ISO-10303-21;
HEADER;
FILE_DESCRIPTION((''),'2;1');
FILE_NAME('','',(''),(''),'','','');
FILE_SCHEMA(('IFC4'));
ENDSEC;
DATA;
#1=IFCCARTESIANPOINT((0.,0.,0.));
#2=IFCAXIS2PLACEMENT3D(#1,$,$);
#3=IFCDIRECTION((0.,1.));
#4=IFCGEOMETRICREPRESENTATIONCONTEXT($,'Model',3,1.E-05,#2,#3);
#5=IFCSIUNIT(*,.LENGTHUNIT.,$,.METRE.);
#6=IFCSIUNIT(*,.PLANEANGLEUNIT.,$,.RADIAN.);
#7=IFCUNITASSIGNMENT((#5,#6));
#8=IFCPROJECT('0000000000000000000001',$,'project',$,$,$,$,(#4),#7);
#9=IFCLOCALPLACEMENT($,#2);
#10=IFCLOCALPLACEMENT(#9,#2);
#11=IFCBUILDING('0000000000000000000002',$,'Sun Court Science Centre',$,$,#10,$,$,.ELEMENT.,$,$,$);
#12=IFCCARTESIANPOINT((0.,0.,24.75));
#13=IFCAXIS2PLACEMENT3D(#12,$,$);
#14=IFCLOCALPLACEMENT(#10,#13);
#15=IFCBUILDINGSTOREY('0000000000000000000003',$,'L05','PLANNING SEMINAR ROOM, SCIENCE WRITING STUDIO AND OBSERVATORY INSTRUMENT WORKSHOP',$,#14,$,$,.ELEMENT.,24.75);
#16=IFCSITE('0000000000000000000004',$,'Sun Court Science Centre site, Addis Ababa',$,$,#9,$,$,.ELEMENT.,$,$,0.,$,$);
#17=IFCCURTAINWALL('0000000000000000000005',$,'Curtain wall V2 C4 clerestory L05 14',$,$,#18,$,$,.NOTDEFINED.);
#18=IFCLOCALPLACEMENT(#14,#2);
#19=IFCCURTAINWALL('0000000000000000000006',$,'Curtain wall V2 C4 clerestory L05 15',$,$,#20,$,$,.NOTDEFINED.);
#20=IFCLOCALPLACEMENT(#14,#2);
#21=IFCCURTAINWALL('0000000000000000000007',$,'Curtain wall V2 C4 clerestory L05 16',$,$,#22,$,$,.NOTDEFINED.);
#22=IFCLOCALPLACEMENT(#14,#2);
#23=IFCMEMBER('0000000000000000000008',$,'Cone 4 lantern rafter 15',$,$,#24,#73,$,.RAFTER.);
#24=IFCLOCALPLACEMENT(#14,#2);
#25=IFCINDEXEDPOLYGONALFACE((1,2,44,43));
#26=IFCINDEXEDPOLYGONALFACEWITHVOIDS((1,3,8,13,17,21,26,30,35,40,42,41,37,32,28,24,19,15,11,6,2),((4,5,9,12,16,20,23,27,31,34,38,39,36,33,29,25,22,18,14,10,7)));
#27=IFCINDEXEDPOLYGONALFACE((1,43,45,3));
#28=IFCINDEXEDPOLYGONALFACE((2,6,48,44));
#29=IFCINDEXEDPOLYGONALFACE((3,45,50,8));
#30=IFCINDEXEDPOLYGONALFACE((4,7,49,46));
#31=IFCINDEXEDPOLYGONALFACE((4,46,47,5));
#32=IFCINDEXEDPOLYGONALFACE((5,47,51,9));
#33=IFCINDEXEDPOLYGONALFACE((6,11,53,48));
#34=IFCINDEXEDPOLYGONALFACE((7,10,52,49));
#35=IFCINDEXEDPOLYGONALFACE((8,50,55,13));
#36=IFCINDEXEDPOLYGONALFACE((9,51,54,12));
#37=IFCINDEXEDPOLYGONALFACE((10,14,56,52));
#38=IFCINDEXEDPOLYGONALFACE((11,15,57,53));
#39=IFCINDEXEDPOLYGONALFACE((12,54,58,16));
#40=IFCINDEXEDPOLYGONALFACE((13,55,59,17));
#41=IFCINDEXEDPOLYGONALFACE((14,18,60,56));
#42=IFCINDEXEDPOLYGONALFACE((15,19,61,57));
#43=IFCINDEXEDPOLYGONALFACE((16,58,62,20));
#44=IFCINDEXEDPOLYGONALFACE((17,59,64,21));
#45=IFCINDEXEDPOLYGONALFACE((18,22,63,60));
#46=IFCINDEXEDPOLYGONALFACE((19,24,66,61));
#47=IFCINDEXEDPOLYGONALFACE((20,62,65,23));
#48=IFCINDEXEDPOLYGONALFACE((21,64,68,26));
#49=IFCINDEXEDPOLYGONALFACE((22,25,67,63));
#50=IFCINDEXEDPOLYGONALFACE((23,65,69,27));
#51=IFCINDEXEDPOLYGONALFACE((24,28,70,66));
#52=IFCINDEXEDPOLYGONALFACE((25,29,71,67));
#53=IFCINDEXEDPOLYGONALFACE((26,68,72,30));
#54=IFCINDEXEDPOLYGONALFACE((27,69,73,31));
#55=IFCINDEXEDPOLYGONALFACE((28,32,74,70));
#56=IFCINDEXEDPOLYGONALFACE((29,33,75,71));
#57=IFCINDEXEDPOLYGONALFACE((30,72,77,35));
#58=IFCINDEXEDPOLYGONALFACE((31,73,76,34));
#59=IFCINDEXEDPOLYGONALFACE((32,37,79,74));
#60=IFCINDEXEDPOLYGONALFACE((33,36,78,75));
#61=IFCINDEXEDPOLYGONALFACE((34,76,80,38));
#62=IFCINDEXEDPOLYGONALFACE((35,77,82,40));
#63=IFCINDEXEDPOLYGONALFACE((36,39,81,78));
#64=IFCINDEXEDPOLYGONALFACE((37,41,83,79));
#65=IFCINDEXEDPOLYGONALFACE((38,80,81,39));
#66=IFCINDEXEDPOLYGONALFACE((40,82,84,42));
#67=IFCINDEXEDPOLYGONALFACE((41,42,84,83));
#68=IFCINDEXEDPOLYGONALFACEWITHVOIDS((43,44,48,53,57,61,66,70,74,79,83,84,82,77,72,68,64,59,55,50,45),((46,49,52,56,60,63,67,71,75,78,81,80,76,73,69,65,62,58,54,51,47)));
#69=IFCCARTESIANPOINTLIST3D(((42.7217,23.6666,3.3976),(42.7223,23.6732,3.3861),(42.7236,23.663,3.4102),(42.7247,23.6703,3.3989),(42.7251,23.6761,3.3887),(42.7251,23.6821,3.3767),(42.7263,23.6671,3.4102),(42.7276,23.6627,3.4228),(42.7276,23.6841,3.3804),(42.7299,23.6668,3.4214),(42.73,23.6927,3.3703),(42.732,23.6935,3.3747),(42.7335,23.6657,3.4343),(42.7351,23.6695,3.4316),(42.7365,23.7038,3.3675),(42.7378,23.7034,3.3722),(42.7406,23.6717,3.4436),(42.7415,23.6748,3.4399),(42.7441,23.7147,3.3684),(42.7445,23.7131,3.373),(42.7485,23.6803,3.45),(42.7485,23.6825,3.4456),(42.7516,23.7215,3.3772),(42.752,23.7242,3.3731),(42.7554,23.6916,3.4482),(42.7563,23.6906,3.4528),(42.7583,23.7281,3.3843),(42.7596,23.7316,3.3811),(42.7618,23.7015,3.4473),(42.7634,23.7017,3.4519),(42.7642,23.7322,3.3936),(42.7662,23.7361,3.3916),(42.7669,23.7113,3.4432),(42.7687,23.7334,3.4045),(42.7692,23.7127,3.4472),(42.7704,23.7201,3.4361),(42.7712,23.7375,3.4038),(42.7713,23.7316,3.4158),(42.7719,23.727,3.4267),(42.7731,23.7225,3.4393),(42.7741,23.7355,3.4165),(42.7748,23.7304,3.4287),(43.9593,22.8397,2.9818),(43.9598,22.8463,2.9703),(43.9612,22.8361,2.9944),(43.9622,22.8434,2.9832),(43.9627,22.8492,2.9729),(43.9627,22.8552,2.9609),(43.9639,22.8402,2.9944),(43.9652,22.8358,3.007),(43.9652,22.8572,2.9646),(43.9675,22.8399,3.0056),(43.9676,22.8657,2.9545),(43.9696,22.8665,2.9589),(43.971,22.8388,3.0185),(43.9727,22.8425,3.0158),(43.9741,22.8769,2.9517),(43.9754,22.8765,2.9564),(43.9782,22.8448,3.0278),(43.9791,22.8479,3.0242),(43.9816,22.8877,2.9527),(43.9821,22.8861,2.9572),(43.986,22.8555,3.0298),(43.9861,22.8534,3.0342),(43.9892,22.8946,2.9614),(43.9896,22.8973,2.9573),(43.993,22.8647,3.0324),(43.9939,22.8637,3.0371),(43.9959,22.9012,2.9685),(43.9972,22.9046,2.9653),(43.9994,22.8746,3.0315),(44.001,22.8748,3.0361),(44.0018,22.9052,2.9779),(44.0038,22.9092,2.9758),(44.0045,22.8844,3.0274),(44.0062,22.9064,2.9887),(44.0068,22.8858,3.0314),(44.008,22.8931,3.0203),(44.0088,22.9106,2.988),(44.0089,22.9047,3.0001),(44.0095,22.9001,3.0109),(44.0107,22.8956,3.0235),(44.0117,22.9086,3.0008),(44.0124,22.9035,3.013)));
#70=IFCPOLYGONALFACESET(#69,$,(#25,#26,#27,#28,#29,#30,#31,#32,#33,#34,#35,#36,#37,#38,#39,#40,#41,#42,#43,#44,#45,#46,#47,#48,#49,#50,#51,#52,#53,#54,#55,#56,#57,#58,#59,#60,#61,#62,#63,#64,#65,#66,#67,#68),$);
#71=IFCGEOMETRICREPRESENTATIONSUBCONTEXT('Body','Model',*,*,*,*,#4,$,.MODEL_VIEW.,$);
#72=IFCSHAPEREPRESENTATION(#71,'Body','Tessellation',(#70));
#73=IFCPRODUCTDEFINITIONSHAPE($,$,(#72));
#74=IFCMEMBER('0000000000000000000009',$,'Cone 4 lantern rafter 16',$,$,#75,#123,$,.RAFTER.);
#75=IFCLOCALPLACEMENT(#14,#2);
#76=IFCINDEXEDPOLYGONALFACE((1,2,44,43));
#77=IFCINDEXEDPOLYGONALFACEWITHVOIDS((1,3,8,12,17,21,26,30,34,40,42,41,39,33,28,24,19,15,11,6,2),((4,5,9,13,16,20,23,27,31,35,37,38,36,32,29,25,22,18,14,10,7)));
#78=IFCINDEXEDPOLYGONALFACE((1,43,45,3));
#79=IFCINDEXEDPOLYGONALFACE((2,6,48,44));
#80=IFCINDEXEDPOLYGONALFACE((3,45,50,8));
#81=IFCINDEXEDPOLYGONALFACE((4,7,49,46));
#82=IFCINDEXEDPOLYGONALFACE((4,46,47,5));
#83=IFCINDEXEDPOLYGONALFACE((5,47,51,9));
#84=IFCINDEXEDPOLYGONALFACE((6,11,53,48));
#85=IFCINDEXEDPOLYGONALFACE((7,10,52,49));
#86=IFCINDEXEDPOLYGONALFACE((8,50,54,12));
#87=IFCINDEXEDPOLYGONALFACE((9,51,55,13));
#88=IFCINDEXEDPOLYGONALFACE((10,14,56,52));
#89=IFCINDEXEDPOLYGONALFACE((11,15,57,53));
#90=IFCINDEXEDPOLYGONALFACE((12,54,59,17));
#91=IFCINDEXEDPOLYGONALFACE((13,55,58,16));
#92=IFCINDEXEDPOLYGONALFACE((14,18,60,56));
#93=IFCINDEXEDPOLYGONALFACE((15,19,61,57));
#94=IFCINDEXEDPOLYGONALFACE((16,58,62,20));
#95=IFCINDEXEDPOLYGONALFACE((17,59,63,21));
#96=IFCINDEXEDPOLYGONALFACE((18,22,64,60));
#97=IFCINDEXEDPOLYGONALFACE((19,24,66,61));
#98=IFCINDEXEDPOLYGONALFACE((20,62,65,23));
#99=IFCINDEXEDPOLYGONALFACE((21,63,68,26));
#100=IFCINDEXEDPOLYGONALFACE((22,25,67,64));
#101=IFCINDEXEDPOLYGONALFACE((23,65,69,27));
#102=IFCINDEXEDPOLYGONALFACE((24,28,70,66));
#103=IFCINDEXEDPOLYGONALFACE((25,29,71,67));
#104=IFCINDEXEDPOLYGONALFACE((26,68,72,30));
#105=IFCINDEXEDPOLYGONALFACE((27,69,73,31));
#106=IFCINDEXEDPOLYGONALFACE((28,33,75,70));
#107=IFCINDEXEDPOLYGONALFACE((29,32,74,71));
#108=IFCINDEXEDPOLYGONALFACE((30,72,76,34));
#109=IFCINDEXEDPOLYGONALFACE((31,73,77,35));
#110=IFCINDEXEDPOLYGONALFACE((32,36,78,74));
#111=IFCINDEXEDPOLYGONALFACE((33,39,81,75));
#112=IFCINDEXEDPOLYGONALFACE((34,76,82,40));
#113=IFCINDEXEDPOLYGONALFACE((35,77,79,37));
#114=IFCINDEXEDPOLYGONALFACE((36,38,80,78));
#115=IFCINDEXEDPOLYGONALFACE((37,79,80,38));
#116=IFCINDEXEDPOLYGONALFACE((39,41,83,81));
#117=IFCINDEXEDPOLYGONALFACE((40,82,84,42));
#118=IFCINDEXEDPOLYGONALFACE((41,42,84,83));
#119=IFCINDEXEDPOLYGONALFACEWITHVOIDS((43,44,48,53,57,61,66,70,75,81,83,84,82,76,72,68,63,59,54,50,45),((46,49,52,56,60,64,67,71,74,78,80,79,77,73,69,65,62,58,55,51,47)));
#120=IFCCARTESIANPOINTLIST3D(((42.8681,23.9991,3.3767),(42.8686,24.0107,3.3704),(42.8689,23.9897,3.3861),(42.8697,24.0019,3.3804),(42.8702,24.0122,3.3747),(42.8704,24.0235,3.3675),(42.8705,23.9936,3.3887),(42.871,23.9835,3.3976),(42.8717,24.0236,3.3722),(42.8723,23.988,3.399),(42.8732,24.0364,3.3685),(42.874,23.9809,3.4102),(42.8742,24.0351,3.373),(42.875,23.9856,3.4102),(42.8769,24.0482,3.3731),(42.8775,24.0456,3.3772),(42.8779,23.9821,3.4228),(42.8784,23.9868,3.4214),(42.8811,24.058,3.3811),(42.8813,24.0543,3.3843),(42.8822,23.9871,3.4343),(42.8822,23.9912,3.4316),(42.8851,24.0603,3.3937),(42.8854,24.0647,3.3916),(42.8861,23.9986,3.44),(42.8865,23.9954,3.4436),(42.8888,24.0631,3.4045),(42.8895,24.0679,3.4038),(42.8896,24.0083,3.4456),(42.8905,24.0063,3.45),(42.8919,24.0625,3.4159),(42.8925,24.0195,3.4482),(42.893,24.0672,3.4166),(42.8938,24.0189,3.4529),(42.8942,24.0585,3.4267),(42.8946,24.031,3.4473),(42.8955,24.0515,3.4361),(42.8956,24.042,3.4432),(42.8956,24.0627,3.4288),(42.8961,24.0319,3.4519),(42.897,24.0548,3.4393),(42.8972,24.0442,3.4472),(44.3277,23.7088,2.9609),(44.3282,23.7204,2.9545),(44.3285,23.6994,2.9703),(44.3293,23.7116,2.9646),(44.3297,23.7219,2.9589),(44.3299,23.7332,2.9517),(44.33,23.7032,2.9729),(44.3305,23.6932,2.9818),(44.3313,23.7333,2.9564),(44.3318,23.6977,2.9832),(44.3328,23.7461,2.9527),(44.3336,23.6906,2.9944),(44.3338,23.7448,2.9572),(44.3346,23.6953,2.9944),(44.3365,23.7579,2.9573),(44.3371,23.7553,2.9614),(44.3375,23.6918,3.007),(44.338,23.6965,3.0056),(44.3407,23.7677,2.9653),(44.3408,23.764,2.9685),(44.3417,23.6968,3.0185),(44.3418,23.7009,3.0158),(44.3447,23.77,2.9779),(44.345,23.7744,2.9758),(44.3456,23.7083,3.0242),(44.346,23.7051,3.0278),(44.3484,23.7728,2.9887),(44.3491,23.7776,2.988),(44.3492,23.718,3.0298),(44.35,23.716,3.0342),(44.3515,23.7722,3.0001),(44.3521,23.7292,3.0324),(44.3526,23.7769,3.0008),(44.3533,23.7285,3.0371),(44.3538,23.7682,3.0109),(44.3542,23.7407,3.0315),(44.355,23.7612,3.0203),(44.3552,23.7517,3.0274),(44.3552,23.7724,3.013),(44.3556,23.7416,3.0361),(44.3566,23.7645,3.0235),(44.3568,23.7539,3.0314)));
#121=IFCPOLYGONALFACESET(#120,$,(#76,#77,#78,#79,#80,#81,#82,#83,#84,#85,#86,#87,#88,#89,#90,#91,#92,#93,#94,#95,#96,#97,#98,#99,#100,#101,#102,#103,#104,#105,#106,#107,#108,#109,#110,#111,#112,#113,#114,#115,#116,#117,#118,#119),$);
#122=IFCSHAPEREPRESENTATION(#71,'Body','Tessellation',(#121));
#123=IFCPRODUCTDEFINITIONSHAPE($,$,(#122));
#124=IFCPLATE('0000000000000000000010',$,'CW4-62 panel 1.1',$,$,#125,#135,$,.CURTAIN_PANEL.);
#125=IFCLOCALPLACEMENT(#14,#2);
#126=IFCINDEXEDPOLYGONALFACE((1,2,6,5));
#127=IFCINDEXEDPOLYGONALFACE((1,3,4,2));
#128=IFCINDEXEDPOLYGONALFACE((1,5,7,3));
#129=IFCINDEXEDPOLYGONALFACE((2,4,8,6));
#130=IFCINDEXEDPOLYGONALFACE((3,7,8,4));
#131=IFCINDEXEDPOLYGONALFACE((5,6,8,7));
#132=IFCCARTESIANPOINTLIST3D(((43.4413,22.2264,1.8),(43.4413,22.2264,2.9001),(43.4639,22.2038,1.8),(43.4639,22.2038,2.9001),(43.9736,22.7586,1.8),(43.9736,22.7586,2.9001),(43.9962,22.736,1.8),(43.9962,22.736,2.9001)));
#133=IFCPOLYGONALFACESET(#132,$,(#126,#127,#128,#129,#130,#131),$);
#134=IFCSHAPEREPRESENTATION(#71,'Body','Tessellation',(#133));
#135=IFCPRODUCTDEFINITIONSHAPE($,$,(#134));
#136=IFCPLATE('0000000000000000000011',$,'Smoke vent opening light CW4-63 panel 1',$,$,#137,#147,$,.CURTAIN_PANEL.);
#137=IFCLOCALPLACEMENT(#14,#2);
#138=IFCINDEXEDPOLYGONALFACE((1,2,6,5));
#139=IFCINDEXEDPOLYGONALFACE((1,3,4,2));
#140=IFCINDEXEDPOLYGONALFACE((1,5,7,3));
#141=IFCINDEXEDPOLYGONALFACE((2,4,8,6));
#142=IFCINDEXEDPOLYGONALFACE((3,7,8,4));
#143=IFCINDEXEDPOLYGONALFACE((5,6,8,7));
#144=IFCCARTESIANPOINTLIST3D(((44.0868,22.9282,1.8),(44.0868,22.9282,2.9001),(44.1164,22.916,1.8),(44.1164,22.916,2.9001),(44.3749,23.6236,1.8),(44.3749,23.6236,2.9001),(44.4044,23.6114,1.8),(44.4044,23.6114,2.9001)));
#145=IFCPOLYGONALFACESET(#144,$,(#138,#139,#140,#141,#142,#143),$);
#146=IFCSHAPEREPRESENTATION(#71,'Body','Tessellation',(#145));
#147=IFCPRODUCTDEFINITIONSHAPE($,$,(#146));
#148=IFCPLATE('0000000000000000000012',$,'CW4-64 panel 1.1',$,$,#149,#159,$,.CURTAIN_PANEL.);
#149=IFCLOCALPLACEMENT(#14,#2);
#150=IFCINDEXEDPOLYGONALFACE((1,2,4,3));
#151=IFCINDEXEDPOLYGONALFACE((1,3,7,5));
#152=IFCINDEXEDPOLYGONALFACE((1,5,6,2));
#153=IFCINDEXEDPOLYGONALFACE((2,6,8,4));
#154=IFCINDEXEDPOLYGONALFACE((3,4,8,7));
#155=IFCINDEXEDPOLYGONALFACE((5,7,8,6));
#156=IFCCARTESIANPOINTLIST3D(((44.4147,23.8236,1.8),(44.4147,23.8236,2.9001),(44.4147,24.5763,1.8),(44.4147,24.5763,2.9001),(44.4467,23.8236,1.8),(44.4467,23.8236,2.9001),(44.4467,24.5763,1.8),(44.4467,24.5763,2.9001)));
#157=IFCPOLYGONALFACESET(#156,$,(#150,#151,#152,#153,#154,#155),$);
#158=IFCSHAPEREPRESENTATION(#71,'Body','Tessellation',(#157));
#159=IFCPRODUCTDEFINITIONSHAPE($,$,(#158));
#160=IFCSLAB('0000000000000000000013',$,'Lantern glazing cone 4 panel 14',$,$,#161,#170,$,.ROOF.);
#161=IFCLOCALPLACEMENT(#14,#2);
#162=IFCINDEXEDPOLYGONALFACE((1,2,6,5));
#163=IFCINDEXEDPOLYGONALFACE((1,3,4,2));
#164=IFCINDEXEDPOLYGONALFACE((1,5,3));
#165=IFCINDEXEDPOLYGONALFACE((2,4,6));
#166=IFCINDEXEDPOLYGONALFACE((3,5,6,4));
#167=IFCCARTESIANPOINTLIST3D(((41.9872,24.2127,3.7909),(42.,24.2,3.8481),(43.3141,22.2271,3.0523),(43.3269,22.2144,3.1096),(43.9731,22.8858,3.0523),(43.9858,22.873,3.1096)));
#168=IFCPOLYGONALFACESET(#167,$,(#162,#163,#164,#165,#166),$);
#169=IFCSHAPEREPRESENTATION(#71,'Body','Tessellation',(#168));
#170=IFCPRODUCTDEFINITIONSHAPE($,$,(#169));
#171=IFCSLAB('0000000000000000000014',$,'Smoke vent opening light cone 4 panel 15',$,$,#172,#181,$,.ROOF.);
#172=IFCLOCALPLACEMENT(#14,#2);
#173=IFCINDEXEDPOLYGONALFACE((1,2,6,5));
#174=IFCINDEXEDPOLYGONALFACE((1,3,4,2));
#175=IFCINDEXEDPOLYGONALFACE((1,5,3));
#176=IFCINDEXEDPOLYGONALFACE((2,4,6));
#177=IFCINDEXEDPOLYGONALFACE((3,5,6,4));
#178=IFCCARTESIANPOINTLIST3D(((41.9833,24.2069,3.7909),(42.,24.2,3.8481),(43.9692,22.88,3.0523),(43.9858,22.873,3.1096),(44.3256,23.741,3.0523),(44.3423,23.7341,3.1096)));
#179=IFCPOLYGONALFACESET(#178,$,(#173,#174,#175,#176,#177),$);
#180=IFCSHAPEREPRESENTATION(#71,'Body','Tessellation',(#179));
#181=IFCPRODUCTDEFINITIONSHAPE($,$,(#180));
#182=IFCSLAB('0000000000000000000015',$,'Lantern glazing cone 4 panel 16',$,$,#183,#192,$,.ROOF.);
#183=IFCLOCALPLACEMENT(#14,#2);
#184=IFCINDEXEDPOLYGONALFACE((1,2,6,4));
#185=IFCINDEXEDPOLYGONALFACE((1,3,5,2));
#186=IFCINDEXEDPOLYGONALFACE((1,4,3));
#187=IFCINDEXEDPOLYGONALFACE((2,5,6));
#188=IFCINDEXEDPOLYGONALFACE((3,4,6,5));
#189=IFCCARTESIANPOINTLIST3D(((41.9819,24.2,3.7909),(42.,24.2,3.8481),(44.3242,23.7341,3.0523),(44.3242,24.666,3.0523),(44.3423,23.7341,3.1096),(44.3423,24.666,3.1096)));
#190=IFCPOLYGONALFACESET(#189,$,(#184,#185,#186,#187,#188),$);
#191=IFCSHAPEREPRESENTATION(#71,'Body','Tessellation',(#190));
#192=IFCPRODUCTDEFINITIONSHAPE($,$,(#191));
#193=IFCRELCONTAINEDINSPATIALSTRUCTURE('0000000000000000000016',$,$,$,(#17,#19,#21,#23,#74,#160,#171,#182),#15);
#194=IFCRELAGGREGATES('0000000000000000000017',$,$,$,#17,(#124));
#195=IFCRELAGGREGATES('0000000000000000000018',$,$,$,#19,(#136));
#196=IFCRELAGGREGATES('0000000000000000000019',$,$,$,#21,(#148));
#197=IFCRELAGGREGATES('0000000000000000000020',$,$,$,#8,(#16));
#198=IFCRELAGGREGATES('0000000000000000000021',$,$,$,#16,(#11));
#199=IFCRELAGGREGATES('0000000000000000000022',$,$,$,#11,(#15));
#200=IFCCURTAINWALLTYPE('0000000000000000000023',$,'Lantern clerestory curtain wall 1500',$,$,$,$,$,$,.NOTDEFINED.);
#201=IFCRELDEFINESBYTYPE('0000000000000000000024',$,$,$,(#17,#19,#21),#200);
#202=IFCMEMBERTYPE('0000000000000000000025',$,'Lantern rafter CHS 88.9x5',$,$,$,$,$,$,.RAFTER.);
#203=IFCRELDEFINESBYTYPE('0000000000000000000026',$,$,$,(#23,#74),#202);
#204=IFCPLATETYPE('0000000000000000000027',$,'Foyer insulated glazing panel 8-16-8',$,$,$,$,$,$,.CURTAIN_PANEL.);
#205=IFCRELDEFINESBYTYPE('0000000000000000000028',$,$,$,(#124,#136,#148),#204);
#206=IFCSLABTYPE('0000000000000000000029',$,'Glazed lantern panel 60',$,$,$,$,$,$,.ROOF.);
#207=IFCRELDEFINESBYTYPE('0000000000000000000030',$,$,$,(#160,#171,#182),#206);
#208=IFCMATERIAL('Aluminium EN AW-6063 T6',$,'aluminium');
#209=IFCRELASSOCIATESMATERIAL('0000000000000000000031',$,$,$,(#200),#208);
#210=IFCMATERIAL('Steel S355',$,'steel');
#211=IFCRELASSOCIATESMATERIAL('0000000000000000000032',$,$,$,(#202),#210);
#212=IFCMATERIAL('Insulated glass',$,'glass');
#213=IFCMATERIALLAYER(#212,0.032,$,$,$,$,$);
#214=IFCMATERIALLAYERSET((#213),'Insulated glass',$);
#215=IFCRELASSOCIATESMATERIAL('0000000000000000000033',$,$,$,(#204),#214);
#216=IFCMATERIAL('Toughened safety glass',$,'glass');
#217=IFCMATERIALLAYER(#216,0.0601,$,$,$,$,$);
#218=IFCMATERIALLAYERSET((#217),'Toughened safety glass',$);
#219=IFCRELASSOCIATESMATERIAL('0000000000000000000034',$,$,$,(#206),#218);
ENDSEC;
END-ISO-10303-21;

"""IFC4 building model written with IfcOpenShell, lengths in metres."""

from ifc_helpers import new_model, si_unit, direction, frame, origin, origin_2d, place, context, subcontext, project, spatial, polyline, rectangle, hollow_circle, outline, extrude, material, layer, layer_set, material_profile, profile_set, type_object, element, aggregate, save


model = new_model("IFC4")

# Units and contexts
model_context = context("Model", 3, precision=1e-05, world=origin(), true_north=direction((0.0, 1.0)))
body_context = subcontext(model_context, "Body", "Model", "MODEL_VIEW")
ifc_project = project(units=[si_unit("LENGTHUNIT", "METRE"), si_unit("PLANEANGLEUNIT", "RADIAN")], contexts=[model_context])

# Site, building, storey
site_placement = place(None, origin())
site = spatial("IfcSite", under=ifc_project, at=site_placement, Name="Sun Court Science Centre site, Addis Ababa", CompositionType="ELEMENT", RefElevation=0.0)
building_placement = place(site_placement, origin())
building = spatial("IfcBuilding", under=site, at=building_placement, Name="Sun Court Science Centre", CompositionType="ELEMENT")
storey_placement = place(building_placement, frame((0.0, 0.0, 24.75)))
storey = spatial("IfcBuildingStorey", under=building, at=storey_placement, Name="L05", Description="PLANNING SEMINAR ROOM, SCIENCE WRITING STUDIO AND OBSERVATORY INSTRUMENT WORKSHOP", CompositionType="ELEMENT", Elevation=24.75)

# Shared definitions
ifc_material_1 = material(Name="Aluminium EN AW-6063 T6", Category="aluminium")
curtain_wall_type = type_object("IfcCurtainWallType", Name="Lantern clerestory curtain wall 1500", PredefinedType="NOTDEFINED", material=ifc_material_1)

# Curtain walls
curtain_wall_1_placement = place(storey_placement, origin())
curtain_wall_1 = element("IfcCurtainWall", 1, at=curtain_wall_1_placement, inside=storey, type_object=curtain_wall_type, Name="Curtain wall V2 C4 clerestory L05 14", PredefinedType="NOTDEFINED")
curtain_wall_2_placement = place(storey_placement, origin())
curtain_wall_2 = element("IfcCurtainWall", 2, at=curtain_wall_2_placement, inside=storey, type_object=curtain_wall_type, Name="Curtain wall V2 C4 clerestory L05 15", PredefinedType="NOTDEFINED")

# Curtain wall
curtain_wall_3_placement = place(storey_placement, origin())
curtain_wall_3 = element("IfcCurtainWall", 3, at=curtain_wall_3_placement, inside=storey, type_object=curtain_wall_type, Name="Curtain wall V2 C4 clerestory L05 16", PredefinedType="NOTDEFINED")

# Members
ifc_material_2 = material(Name="Steel S355", Category="steel")
ifc_material_profile_1 = material_profile(ifc_material_2, hollow_circle(Radius=0.0444, WallThickness=0.0049, at=origin_2d()), Name="CHS 88.9x5")
ifc_profile_set_1 = profile_set([ifc_material_profile_1], Name="Steel S355")
member_type_1 = type_object("IfcMemberType", Name="Lantern rafter CHS 88.9x5", PredefinedType="RAFTER", material=ifc_profile_set_1)
member_1_placement = place(storey_placement, frame((43.9858, 22.873, 2.9944), z_axis=(-0.800811, 0.535086, 0.269044), x_axis=(-0.555571, -0.831469, 0.0)))
element("IfcMember", 4, at=member_1_placement, inside=storey, type_object=member_type_1, Name="Cone 4 lantern rafter 15", PredefinedType="RAFTER", context=body_context, shape_type="SweptSolid", body=[
    extrude(hollow_circle(Radius=0.0444, WallThickness=0.0049, at=origin_2d()), origin(), (0.0, 0.0, 1.0), 1.5454),
])
member_2_placement = place(storey_placement, frame((44.3423, 23.7341, 2.9944), z_axis=(-0.94461, 0.187879, 0.269098), x_axis=(-0.195075, -0.980788, 0.0)))
element("IfcMember", 5, at=member_2_placement, inside=storey, type_object=member_type_1, Name="Cone 4 lantern rafter 16", PredefinedType="RAFTER", context=body_context, shape_type="SweptSolid", body=[
    extrude(hollow_circle(Radius=0.0444, WallThickness=0.0049, at=origin_2d()), origin(), (0.0, 0.0, 1.0), 1.5452),
])

# Plates
ifc_material_3 = material(Name="Insulated glass", Category="glass")
ifc_layer_1 = layer(ifc_material_3, 0.032)
ifc_layer_set_1 = layer_set([ifc_layer_1], Name="Insulated glass")
plate_type = type_object("IfcPlateType", Name="Foyer insulated glazing panel 8-16-8", PredefinedType="CURTAIN_PANEL", material=ifc_layer_set_1)
plate_1_placement = place(storey_placement, frame((43.7188, 22.4812, 1.8), z_axis=(0.0, 0.0, 1.0), x_axis=(-0.707107, -0.707107, 0.0)))
plate_1 = element("IfcPlate", 6, at=plate_1_placement, type_object=plate_type, Name="CW4-62 panel 1.1", PredefinedType="CURTAIN_PANEL", context=body_context, shape_type="SweptSolid", body=[
    extrude(rectangle(XDim=0.7527, YDim=0.032, at=origin_2d()), origin(), (0.0, 0.0, 1.0), 1.1001),
])
aggregate(curtain_wall_1, [plate_1])
plate_2_placement = place(storey_placement, frame((44.2456, 23.2698, 1.8), z_axis=(0.0, 0.0, 1.0), x_axis=(-0.382683, -0.92388, 0.0)))
plate_2 = element("IfcPlate", 7, at=plate_2_placement, type_object=plate_type, Name="Smoke vent opening light CW4-63 panel 1", PredefinedType="CURTAIN_PANEL", context=body_context, shape_type="SweptSolid", body=[
    extrude(rectangle(XDim=0.7527, YDim=0.032, at=origin_2d()), origin(), (0.0, 0.0, 1.0), 1.1001),
])
aggregate(curtain_wall_2, [plate_2])
plate_3_placement = place(storey_placement, frame((44.4307, 24.2, 1.8), z_axis=(0.0, 0.0, 1.0), x_axis=(0.0, -1.0, 0.0)))
plate_3 = element("IfcPlate", 8, at=plate_3_placement, type_object=plate_type, Name="CW4-64 panel 1.1", PredefinedType="CURTAIN_PANEL", context=body_context, shape_type="SweptSolid", body=[
    extrude(rectangle(XDim=0.7527, YDim=0.032, at=origin_2d()), origin(), (0.0, 0.0, 1.0), 1.1001),
])
aggregate(curtain_wall_3, [plate_3])

# Slabs
ifc_material_4 = material(Name="Toughened safety glass", Category="glass")
ifc_layer_2 = layer(ifc_material_4, 0.0601)
ifc_layer_set_2 = layer_set([ifc_layer_2], Name="Toughened safety glass")
slab_type = type_object("IfcSlabType", Name="Glazed lantern panel 60", PredefinedType="ROOF", material=ifc_layer_set_2)
slab_1_placement = place(storey_placement, frame((43.3269, 22.2144, 3.1096), z_axis=(0.212586, -0.212664, 0.95372), x_axis=(0.707238, 0.706976, 0.0)))
element("IfcSlab", 9, at=slab_1_placement, inside=storey, type_object=slab_type, Name="Lantern glazing cone 4 panel 14", PredefinedType="ROOF", context=body_context, shape_type="SweptSolid", body=[
    extrude(outline(polyline([(0.0, 0.0), (0.9317, 0.0), (0.4653, 2.456), (0.0, 0.0)])), origin(), (0.0, 0.0, -1.0), 0.0601),
])
slab_2_placement = place(storey_placement, frame((43.9858, 22.873, 3.1096), z_axis=(0.277836, -0.11501, 0.953719), x_axis=(0.382475, 0.923966, 0.0)))
element("IfcSlab", 10, at=slab_2_placement, inside=storey, type_object=slab_type, Name="Smoke vent opening light cone 4 panel 15", PredefinedType="ROOF", context=body_context, shape_type="SweptSolid", body=[
    extrude(outline(polyline([(0.0, 0.0), (0.9319, 0.0), (0.4665, 2.456), (0.0, 0.0)])), origin(), (0.0, 0.0, -1.0), 0.0601),
])
slab_3_placement = place(storey_placement, frame((44.3423, 23.7341, 3.1096), z_axis=(0.300708, 0.0, 0.953716), x_axis=(0.0, 1.0, 0.0)))
element("IfcSlab", 11, at=slab_3_placement, inside=storey, type_object=slab_type, Name="Lantern glazing cone 4 panel 16", PredefinedType="ROOF", context=body_context, shape_type="SweptSolid", body=[
    extrude(outline(polyline([(0.0, 0.0), (0.9319, 0.0), (0.4658, 2.456), (0.0, 0.0)])), origin(), (0.0, 0.0, -1.0), 0.0601),
])

save(model, "model.ifc")
